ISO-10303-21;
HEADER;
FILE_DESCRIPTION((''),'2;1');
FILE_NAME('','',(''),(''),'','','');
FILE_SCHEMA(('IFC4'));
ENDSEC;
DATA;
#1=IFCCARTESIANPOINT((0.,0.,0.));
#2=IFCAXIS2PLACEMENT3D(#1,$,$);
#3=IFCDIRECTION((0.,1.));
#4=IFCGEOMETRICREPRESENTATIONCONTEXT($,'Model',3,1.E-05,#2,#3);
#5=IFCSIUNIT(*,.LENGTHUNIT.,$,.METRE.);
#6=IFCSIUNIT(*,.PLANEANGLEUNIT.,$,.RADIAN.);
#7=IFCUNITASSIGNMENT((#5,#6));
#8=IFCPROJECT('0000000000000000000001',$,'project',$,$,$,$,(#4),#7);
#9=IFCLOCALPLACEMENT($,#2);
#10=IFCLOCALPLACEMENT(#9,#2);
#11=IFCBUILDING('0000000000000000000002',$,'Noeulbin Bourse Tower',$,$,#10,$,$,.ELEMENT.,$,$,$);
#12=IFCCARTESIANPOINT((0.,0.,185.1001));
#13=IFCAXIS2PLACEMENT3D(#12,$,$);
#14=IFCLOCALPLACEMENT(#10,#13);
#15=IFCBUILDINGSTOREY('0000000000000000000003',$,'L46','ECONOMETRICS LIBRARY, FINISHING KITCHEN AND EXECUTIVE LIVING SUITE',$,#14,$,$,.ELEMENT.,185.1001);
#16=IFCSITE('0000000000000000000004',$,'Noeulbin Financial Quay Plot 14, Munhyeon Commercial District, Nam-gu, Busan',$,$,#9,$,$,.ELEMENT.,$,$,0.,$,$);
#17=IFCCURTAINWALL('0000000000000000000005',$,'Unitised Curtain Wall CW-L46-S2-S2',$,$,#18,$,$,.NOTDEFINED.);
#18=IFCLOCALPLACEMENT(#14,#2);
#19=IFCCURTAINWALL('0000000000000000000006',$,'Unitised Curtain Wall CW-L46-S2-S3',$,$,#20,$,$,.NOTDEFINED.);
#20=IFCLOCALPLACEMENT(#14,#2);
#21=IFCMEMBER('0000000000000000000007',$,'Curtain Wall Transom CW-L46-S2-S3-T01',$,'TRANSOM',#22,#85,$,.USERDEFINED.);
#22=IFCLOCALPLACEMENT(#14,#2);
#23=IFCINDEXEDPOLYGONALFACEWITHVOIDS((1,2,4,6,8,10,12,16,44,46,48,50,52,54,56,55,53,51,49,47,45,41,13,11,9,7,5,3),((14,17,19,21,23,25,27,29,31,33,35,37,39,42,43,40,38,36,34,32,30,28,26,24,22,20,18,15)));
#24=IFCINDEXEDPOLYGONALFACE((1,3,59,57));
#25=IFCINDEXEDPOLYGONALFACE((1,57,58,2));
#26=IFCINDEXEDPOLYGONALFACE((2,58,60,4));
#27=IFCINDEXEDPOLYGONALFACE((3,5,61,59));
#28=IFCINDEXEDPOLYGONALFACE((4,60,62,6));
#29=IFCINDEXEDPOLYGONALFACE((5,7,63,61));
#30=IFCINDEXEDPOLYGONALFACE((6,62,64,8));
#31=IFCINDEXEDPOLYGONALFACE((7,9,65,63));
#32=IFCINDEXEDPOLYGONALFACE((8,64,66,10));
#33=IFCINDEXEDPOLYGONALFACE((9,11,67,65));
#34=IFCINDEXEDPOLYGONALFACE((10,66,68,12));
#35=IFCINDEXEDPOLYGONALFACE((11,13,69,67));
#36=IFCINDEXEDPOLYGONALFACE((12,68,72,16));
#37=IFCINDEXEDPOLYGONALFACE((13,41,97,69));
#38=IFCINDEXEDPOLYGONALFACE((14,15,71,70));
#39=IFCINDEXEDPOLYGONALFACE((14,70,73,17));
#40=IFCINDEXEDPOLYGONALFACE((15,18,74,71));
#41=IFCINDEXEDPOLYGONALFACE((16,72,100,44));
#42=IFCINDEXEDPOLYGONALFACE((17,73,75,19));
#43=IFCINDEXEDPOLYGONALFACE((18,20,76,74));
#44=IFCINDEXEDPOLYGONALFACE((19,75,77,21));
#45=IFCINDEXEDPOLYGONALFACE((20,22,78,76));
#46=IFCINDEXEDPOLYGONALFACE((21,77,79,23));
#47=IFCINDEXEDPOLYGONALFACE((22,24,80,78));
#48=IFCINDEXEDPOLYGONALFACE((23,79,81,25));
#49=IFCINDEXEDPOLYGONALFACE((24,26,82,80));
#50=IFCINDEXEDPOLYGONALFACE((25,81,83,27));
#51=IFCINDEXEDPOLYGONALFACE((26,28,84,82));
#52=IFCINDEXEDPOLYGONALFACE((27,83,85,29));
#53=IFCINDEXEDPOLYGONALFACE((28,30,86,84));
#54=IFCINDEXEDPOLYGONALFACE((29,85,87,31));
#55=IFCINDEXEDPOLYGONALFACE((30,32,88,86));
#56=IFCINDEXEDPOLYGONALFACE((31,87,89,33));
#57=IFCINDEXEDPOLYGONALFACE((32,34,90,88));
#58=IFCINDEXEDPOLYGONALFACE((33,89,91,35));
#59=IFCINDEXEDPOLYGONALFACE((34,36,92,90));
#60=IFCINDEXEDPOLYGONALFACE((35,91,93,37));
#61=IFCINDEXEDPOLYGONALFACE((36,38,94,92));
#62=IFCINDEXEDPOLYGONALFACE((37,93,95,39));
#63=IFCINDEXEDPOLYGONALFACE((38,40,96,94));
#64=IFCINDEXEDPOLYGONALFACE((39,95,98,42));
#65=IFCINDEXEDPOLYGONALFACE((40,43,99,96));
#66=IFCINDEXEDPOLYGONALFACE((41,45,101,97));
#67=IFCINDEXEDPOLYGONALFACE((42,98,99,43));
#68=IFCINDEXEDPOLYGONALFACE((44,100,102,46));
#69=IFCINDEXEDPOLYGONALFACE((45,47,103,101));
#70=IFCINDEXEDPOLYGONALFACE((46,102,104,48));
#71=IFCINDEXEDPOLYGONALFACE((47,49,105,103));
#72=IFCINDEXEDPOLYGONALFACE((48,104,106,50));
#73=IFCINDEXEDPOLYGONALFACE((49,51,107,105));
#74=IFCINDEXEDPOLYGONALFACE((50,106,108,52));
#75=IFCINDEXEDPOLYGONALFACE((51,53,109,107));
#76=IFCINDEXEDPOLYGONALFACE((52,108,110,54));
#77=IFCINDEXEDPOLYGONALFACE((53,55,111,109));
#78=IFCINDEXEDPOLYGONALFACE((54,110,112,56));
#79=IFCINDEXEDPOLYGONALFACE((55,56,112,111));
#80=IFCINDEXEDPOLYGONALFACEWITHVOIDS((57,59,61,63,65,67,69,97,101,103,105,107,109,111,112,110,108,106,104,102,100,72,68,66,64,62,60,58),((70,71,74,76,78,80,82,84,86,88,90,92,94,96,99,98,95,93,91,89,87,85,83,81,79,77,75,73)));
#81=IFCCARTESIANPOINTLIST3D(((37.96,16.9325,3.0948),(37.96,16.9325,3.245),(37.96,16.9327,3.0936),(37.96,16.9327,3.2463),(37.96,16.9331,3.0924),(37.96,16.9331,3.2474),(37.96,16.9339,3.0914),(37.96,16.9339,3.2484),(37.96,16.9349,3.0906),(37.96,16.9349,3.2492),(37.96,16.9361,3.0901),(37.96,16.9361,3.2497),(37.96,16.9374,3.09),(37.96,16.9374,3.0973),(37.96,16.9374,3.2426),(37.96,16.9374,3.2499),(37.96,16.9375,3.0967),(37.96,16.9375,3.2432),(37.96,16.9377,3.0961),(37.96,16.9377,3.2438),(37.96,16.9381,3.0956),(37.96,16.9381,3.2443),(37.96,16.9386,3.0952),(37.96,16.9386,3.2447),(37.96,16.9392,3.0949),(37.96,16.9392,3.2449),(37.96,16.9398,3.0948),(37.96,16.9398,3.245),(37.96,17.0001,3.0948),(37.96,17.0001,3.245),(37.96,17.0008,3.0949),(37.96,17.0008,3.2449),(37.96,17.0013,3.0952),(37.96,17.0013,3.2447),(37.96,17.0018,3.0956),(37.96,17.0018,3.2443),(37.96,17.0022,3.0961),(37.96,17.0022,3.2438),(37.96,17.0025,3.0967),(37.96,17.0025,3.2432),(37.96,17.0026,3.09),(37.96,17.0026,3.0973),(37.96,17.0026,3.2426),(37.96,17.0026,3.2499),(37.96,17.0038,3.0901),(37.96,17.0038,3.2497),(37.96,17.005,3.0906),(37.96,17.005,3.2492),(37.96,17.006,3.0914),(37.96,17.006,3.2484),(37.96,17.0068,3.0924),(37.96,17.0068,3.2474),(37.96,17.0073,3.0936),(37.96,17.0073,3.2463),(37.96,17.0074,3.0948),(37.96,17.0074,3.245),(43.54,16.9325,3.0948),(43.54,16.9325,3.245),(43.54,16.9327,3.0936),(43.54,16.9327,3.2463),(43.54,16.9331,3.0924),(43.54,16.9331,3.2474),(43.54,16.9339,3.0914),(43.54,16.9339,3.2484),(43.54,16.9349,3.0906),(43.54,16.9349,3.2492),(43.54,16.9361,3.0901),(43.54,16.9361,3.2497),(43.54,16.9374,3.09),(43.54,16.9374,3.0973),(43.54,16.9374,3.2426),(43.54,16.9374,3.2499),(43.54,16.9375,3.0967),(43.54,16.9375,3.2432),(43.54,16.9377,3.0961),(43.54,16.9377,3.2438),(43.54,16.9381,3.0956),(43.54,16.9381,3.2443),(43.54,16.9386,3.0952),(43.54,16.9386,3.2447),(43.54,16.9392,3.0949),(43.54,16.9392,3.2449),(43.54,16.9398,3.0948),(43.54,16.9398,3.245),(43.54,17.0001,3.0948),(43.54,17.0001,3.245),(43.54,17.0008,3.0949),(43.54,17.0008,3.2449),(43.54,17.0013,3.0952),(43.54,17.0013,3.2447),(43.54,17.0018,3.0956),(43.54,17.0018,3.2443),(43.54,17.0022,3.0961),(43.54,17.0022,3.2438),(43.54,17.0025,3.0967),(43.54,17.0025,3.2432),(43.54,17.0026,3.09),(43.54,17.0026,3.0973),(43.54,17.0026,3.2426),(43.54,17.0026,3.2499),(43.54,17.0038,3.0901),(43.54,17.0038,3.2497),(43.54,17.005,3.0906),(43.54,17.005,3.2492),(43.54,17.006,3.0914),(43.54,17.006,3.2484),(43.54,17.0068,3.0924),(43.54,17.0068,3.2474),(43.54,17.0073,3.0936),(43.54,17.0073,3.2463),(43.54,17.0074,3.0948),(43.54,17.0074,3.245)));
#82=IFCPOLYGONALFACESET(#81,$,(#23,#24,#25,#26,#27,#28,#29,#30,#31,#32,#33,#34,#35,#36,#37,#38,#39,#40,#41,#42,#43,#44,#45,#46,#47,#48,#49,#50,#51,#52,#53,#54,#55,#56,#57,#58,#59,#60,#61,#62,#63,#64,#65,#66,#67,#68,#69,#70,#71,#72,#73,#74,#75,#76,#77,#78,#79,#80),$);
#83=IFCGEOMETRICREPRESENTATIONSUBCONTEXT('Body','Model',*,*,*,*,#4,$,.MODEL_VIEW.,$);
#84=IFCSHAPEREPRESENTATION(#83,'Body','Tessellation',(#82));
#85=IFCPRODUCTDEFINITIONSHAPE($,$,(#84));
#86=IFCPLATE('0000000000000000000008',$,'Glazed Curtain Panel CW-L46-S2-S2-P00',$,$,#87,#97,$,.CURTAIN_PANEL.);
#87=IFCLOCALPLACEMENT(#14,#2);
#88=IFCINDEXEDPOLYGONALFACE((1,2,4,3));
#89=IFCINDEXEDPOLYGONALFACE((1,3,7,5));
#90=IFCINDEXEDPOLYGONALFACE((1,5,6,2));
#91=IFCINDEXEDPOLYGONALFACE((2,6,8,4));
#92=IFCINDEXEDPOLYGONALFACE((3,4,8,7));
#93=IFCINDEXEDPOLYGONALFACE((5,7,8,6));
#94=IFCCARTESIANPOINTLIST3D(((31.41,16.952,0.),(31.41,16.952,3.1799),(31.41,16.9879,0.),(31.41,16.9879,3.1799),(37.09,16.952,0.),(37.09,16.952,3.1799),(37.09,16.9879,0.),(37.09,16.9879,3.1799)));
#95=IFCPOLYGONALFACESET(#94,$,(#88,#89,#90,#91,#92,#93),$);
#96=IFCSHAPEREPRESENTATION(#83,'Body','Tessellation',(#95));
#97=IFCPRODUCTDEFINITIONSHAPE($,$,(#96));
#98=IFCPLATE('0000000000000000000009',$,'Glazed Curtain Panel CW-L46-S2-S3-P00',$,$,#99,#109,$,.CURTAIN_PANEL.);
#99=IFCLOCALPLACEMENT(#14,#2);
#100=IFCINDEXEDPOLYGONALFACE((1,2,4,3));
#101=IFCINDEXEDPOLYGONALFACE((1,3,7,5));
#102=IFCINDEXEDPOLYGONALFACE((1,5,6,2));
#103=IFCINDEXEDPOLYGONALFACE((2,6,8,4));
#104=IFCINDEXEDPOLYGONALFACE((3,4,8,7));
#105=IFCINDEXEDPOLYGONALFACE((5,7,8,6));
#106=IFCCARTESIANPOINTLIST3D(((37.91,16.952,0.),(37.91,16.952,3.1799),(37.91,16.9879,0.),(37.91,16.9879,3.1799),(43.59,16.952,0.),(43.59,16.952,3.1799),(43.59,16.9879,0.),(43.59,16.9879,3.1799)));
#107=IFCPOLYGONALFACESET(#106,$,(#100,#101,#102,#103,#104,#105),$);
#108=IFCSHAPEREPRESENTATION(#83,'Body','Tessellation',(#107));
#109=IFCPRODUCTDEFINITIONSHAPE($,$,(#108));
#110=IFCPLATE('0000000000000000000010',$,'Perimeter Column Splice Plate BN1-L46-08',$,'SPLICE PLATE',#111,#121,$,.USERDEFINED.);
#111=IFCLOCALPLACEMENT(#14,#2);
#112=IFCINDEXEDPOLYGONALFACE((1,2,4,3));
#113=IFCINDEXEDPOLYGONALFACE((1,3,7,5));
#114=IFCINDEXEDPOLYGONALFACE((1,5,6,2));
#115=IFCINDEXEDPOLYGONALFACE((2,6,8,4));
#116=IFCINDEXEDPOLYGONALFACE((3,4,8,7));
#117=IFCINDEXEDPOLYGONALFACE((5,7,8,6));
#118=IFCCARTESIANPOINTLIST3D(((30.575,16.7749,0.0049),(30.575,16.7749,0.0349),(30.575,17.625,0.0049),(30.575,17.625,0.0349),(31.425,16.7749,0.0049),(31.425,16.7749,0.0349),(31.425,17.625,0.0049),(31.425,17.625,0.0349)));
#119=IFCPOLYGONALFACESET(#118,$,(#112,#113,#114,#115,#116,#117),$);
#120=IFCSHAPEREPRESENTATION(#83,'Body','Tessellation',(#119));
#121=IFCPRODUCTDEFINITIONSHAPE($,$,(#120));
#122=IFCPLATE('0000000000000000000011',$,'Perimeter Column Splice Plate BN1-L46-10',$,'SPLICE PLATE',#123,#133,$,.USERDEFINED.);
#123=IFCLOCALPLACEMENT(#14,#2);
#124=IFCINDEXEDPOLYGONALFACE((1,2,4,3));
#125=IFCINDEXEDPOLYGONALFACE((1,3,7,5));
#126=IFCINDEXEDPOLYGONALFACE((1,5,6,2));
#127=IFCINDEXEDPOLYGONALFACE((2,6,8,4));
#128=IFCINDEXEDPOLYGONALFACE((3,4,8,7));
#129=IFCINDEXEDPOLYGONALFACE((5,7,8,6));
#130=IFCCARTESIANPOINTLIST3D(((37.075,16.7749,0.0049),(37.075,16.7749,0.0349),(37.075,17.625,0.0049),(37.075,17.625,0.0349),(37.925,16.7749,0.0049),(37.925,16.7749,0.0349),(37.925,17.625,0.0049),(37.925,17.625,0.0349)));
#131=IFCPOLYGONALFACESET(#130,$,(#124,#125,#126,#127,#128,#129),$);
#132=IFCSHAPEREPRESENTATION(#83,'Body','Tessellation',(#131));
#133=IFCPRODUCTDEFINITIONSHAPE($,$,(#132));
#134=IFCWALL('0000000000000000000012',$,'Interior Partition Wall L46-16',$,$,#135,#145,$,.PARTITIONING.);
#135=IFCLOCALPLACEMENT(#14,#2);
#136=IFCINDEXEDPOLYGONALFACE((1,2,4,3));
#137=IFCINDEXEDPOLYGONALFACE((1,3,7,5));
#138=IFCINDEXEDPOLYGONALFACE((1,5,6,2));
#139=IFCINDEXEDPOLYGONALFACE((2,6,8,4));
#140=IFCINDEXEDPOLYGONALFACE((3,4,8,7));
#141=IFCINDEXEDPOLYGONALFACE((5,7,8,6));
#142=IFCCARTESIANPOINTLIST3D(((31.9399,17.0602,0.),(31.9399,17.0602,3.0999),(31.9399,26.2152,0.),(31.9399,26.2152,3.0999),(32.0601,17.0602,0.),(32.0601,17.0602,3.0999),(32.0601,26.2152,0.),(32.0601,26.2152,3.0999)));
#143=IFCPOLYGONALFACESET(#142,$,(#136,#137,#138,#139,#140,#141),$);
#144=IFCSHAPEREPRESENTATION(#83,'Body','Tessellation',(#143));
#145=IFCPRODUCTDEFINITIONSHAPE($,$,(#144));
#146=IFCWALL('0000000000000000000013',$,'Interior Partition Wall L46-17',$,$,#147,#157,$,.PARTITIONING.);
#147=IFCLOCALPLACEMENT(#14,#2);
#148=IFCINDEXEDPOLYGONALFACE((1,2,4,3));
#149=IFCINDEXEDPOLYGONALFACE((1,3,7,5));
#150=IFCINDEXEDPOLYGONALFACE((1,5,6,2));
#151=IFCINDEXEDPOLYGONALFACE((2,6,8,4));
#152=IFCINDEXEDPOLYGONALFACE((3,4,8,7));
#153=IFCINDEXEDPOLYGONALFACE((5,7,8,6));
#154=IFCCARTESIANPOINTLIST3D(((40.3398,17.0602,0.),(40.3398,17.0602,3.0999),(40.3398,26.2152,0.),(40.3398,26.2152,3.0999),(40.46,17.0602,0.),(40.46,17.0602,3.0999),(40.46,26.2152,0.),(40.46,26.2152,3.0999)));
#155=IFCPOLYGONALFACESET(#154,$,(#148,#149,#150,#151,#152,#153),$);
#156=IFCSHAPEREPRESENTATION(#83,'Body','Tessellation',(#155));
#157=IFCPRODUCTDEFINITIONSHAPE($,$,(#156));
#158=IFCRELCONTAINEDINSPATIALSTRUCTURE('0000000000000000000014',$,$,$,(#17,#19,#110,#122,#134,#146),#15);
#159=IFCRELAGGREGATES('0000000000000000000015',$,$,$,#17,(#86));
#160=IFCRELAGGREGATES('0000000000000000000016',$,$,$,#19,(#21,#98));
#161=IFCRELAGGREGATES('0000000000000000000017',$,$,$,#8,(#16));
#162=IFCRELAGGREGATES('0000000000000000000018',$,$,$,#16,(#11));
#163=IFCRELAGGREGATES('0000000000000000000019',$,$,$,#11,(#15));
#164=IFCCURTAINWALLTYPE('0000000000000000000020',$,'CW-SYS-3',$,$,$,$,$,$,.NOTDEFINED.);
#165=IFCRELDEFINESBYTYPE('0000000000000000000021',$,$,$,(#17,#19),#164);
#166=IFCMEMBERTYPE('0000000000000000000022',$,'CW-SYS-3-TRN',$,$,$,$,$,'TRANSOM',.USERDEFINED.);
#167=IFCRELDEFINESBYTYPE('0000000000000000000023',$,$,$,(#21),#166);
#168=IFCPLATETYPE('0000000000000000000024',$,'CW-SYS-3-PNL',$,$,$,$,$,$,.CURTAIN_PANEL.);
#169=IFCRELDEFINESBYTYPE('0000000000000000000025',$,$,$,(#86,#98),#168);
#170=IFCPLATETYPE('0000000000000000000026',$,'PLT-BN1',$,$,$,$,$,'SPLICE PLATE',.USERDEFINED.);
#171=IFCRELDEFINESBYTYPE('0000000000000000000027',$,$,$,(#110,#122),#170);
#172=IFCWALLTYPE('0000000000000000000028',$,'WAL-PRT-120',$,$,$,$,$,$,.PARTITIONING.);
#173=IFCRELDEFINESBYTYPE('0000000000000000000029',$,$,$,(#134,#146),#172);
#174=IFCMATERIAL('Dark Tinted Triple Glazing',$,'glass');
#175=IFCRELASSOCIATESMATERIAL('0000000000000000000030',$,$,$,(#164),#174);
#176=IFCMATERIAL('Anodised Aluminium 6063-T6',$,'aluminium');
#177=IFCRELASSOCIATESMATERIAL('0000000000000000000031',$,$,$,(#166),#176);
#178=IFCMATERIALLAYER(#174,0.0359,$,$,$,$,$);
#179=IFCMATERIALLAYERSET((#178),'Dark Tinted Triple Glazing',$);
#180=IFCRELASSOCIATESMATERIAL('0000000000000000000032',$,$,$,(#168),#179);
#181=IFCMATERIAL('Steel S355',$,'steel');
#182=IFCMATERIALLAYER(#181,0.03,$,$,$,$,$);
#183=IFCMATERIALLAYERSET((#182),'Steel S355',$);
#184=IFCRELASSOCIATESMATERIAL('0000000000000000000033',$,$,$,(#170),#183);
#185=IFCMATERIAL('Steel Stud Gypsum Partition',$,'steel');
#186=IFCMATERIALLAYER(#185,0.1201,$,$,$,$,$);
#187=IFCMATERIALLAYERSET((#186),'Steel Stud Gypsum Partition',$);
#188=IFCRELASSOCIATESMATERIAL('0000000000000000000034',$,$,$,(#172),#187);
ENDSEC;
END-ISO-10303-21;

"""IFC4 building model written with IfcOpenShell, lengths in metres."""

from ifc_helpers import new_model, si_unit, direction, frame, frame_2d, origin, origin_2d, place, context, subcontext, project, spatial, rectangle, hollow_rectangle, extrude, material, layer, layer_set, material_profile, profile_set, type_object, element, aggregate, save


model = new_model("IFC4")

# Units and contexts
model_context = context("Model", 3, precision=1e-05, world=origin(), true_north=direction((0.0, 1.0)))
body_context = subcontext(model_context, "Body", "Model", "MODEL_VIEW")
ifc_project = project(units=[si_unit("LENGTHUNIT", "METRE"), si_unit("PLANEANGLEUNIT", "RADIAN")], contexts=[model_context])

# Site, building, storey
site_placement = place(None, origin())
site = spatial("IfcSite", under=ifc_project, at=site_placement, Name="Noeulbin Financial Quay Plot 14, Munhyeon Commercial District, Nam-gu, Busan", CompositionType="ELEMENT", RefElevation=0.0)
building_placement = place(site_placement, origin())
building = spatial("IfcBuilding", under=site, at=building_placement, Name="Noeulbin Bourse Tower", CompositionType="ELEMENT")
storey_placement = place(building_placement, frame((0.0, 0.0, 185.1001)))
storey = spatial("IfcBuildingStorey", under=building, at=storey_placement, Name="L46", Description="ECONOMETRICS LIBRARY, FINISHING KITCHEN AND EXECUTIVE LIVING SUITE", CompositionType="ELEMENT", Elevation=185.1001)

# Shared definitions
ifc_material_1 = material(Name="Steel S355", Category="steel")

# Shared definitions
ifc_material_2 = material(Name="Dark Tinted Triple Glazing", Category="glass")
curtain_wall_type = type_object("IfcCurtainWallType", Name="CW-SYS-3", PredefinedType="NOTDEFINED", material=ifc_material_2)
ifc_material_3 = material(Name="Anodised Aluminium 6063-T6", Category="aluminium")

# Curtain wall
curtain_wall_1_placement = place(storey_placement, origin())
curtain_wall_1 = element("IfcCurtainWall", 1, at=curtain_wall_1_placement, inside=storey, type_object=curtain_wall_type, Name="Unitised Curtain Wall CW-L46-S2-S2", PredefinedType="NOTDEFINED")

# Curtain wall
curtain_wall_2_placement = place(storey_placement, origin())
curtain_wall_2 = element("IfcCurtainWall", 2, at=curtain_wall_2_placement, inside=storey, type_object=curtain_wall_type, Name="Unitised Curtain Wall CW-L46-S2-S3", PredefinedType="NOTDEFINED")

# Member
ifc_material_profile_1 = material_profile(ifc_material_3, hollow_rectangle(XDim=0.075, YDim=0.1599, WallThickness=0.0049, InnerFilletRadius=0.0024, OuterFilletRadius=0.0049, at=origin_2d()), Name="ALU-TRAN-75x160x5", Category="LoadBearing")
ifc_profile_set_1 = profile_set([ifc_material_profile_1], Name="Anodised Aluminium 6063-T6")
member_type_1 = type_object("IfcMemberType", Name="CW-SYS-3-TRN", ElementType="TRANSOM", PredefinedType="USERDEFINED", material=ifc_profile_set_1)
member_1_placement = place(storey_placement, frame((37.96, 16.97, 3.1699), z_axis=(1.0, 0.0, 0.0), x_axis=(0.0, 1.0, 0.0)))
member_1 = element("IfcMember", 3, at=member_1_placement, type_object=member_type_1, Name="Curtain Wall Transom CW-L46-S2-S3-T01", ObjectType="TRANSOM", PredefinedType="USERDEFINED", context=body_context, shape_type="SweptSolid", body=[
    extrude(hollow_rectangle(XDim=0.075, YDim=0.1599, WallThickness=0.0049, InnerFilletRadius=0.0024, OuterFilletRadius=0.0049, at=origin_2d()), origin(), (0.0, 0.0, 1.0), 5.5801),
])

# Plates
ifc_layer_1 = layer(ifc_material_2, 0.0359)
ifc_layer_set_1 = layer_set([ifc_layer_1], Name="Dark Tinted Triple Glazing")
plate_type_1 = type_object("IfcPlateType", Name="CW-SYS-3-PNL", PredefinedType="CURTAIN_PANEL", material=ifc_layer_set_1)
plate_1_placement = place(storey_placement, frame((34.25, 16.97, 0.0), z_axis=(0.0, 0.0, 1.0), x_axis=(1.0, 0.0, 0.0)))
plate_1 = element("IfcPlate", 4, at=plate_1_placement, type_object=plate_type_1, Name="Glazed Curtain Panel CW-L46-S2-S2-P00", PredefinedType="CURTAIN_PANEL", context=body_context, shape_type="SweptSolid", body=[
    extrude(rectangle(XDim=5.6799, YDim=0.0359, at=origin_2d()), origin(), (0.0, 0.0, 1.0), 3.1799),
])
aggregate(curtain_wall_1, [plate_1])
plate_2_placement = place(storey_placement, frame((40.75, 16.97, 0.0), z_axis=(0.0, 0.0, 1.0), x_axis=(1.0, 0.0, 0.0)))
plate_2 = element("IfcPlate", 5, at=plate_2_placement, type_object=plate_type_1, Name="Glazed Curtain Panel CW-L46-S2-S3-P00", PredefinedType="CURTAIN_PANEL", context=body_context, shape_type="SweptSolid", body=[
    extrude(rectangle(XDim=5.6799, YDim=0.0359, at=origin_2d()), origin(), (0.0, 0.0, 1.0), 3.1799),
])
aggregate(curtain_wall_2, [member_1, plate_2])

# Plates
ifc_layer_2 = layer(ifc_material_1, 0.03)
ifc_layer_set_2 = layer_set([ifc_layer_2], Name="Steel S355")
plate_type_2 = type_object("IfcPlateType", Name="PLT-BN1", ElementType="SPLICE PLATE", PredefinedType="USERDEFINED", material=ifc_layer_set_2)
for number, where, z_axis, x_axis, name in (
    (6, (31.0, 17.2, 0.0049), (0.0, 0.0, 1.0), (1.0, 0.0, 0.0), "Perimeter Column Splice Plate BN1-L46-08"),
    (7, (37.5, 17.2, 0.0049), (0.0, 0.0, 1.0), (1.0, 0.0, 0.0), "Perimeter Column Splice Plate BN1-L46-10"),
):
    element("IfcPlate", number, at=place(storey_placement, frame(where, z_axis=z_axis, x_axis=x_axis)), inside=storey, type_object=plate_type_2, Name=name, ObjectType="SPLICE PLATE", PredefinedType="USERDEFINED", context=body_context, shape_type="SweptSolid", body=[
        extrude(rectangle(XDim=0.8501, YDim=0.8501, at=origin_2d()), origin(), (0.0, 0.0, 1.0), 0.03),
    ])

# Walls
ifc_material_4 = material(Name="Steel Stud Gypsum Partition", Category="steel")
ifc_layer_3 = layer(ifc_material_4, 0.1201)
ifc_layer_set_3 = layer_set([ifc_layer_3], Name="Steel Stud Gypsum Partition")
wall_type = type_object("IfcWallType", Name="WAL-PRT-120", PredefinedType="PARTITIONING", material=ifc_layer_set_3)
for number, where, z_axis, x_axis, name in (
    (8, (32.0, 17.0601, 0.0), (0.0, 0.0, 1.0), (0.0, 1.0, 0.0), "Interior Partition Wall L46-16"),
    (9, (40.3999, 17.0601, 0.0), (0.0, 0.0, 1.0), (0.0, 1.0, 0.0), "Interior Partition Wall L46-17"),
):
    element("IfcWall", number, at=place(storey_placement, frame(where, z_axis=z_axis, x_axis=x_axis)), inside=storey, type_object=wall_type, Name=name, PredefinedType="PARTITIONING", context=body_context, shape_type="SweptSolid", body=[
        extrude(rectangle(XDim=9.155, YDim=0.1201, at=frame_2d((4.5776, 0.0))), origin(), (0.0, 0.0, 1.0), 3.0999),
    ])

save(model, "model.ifc")
